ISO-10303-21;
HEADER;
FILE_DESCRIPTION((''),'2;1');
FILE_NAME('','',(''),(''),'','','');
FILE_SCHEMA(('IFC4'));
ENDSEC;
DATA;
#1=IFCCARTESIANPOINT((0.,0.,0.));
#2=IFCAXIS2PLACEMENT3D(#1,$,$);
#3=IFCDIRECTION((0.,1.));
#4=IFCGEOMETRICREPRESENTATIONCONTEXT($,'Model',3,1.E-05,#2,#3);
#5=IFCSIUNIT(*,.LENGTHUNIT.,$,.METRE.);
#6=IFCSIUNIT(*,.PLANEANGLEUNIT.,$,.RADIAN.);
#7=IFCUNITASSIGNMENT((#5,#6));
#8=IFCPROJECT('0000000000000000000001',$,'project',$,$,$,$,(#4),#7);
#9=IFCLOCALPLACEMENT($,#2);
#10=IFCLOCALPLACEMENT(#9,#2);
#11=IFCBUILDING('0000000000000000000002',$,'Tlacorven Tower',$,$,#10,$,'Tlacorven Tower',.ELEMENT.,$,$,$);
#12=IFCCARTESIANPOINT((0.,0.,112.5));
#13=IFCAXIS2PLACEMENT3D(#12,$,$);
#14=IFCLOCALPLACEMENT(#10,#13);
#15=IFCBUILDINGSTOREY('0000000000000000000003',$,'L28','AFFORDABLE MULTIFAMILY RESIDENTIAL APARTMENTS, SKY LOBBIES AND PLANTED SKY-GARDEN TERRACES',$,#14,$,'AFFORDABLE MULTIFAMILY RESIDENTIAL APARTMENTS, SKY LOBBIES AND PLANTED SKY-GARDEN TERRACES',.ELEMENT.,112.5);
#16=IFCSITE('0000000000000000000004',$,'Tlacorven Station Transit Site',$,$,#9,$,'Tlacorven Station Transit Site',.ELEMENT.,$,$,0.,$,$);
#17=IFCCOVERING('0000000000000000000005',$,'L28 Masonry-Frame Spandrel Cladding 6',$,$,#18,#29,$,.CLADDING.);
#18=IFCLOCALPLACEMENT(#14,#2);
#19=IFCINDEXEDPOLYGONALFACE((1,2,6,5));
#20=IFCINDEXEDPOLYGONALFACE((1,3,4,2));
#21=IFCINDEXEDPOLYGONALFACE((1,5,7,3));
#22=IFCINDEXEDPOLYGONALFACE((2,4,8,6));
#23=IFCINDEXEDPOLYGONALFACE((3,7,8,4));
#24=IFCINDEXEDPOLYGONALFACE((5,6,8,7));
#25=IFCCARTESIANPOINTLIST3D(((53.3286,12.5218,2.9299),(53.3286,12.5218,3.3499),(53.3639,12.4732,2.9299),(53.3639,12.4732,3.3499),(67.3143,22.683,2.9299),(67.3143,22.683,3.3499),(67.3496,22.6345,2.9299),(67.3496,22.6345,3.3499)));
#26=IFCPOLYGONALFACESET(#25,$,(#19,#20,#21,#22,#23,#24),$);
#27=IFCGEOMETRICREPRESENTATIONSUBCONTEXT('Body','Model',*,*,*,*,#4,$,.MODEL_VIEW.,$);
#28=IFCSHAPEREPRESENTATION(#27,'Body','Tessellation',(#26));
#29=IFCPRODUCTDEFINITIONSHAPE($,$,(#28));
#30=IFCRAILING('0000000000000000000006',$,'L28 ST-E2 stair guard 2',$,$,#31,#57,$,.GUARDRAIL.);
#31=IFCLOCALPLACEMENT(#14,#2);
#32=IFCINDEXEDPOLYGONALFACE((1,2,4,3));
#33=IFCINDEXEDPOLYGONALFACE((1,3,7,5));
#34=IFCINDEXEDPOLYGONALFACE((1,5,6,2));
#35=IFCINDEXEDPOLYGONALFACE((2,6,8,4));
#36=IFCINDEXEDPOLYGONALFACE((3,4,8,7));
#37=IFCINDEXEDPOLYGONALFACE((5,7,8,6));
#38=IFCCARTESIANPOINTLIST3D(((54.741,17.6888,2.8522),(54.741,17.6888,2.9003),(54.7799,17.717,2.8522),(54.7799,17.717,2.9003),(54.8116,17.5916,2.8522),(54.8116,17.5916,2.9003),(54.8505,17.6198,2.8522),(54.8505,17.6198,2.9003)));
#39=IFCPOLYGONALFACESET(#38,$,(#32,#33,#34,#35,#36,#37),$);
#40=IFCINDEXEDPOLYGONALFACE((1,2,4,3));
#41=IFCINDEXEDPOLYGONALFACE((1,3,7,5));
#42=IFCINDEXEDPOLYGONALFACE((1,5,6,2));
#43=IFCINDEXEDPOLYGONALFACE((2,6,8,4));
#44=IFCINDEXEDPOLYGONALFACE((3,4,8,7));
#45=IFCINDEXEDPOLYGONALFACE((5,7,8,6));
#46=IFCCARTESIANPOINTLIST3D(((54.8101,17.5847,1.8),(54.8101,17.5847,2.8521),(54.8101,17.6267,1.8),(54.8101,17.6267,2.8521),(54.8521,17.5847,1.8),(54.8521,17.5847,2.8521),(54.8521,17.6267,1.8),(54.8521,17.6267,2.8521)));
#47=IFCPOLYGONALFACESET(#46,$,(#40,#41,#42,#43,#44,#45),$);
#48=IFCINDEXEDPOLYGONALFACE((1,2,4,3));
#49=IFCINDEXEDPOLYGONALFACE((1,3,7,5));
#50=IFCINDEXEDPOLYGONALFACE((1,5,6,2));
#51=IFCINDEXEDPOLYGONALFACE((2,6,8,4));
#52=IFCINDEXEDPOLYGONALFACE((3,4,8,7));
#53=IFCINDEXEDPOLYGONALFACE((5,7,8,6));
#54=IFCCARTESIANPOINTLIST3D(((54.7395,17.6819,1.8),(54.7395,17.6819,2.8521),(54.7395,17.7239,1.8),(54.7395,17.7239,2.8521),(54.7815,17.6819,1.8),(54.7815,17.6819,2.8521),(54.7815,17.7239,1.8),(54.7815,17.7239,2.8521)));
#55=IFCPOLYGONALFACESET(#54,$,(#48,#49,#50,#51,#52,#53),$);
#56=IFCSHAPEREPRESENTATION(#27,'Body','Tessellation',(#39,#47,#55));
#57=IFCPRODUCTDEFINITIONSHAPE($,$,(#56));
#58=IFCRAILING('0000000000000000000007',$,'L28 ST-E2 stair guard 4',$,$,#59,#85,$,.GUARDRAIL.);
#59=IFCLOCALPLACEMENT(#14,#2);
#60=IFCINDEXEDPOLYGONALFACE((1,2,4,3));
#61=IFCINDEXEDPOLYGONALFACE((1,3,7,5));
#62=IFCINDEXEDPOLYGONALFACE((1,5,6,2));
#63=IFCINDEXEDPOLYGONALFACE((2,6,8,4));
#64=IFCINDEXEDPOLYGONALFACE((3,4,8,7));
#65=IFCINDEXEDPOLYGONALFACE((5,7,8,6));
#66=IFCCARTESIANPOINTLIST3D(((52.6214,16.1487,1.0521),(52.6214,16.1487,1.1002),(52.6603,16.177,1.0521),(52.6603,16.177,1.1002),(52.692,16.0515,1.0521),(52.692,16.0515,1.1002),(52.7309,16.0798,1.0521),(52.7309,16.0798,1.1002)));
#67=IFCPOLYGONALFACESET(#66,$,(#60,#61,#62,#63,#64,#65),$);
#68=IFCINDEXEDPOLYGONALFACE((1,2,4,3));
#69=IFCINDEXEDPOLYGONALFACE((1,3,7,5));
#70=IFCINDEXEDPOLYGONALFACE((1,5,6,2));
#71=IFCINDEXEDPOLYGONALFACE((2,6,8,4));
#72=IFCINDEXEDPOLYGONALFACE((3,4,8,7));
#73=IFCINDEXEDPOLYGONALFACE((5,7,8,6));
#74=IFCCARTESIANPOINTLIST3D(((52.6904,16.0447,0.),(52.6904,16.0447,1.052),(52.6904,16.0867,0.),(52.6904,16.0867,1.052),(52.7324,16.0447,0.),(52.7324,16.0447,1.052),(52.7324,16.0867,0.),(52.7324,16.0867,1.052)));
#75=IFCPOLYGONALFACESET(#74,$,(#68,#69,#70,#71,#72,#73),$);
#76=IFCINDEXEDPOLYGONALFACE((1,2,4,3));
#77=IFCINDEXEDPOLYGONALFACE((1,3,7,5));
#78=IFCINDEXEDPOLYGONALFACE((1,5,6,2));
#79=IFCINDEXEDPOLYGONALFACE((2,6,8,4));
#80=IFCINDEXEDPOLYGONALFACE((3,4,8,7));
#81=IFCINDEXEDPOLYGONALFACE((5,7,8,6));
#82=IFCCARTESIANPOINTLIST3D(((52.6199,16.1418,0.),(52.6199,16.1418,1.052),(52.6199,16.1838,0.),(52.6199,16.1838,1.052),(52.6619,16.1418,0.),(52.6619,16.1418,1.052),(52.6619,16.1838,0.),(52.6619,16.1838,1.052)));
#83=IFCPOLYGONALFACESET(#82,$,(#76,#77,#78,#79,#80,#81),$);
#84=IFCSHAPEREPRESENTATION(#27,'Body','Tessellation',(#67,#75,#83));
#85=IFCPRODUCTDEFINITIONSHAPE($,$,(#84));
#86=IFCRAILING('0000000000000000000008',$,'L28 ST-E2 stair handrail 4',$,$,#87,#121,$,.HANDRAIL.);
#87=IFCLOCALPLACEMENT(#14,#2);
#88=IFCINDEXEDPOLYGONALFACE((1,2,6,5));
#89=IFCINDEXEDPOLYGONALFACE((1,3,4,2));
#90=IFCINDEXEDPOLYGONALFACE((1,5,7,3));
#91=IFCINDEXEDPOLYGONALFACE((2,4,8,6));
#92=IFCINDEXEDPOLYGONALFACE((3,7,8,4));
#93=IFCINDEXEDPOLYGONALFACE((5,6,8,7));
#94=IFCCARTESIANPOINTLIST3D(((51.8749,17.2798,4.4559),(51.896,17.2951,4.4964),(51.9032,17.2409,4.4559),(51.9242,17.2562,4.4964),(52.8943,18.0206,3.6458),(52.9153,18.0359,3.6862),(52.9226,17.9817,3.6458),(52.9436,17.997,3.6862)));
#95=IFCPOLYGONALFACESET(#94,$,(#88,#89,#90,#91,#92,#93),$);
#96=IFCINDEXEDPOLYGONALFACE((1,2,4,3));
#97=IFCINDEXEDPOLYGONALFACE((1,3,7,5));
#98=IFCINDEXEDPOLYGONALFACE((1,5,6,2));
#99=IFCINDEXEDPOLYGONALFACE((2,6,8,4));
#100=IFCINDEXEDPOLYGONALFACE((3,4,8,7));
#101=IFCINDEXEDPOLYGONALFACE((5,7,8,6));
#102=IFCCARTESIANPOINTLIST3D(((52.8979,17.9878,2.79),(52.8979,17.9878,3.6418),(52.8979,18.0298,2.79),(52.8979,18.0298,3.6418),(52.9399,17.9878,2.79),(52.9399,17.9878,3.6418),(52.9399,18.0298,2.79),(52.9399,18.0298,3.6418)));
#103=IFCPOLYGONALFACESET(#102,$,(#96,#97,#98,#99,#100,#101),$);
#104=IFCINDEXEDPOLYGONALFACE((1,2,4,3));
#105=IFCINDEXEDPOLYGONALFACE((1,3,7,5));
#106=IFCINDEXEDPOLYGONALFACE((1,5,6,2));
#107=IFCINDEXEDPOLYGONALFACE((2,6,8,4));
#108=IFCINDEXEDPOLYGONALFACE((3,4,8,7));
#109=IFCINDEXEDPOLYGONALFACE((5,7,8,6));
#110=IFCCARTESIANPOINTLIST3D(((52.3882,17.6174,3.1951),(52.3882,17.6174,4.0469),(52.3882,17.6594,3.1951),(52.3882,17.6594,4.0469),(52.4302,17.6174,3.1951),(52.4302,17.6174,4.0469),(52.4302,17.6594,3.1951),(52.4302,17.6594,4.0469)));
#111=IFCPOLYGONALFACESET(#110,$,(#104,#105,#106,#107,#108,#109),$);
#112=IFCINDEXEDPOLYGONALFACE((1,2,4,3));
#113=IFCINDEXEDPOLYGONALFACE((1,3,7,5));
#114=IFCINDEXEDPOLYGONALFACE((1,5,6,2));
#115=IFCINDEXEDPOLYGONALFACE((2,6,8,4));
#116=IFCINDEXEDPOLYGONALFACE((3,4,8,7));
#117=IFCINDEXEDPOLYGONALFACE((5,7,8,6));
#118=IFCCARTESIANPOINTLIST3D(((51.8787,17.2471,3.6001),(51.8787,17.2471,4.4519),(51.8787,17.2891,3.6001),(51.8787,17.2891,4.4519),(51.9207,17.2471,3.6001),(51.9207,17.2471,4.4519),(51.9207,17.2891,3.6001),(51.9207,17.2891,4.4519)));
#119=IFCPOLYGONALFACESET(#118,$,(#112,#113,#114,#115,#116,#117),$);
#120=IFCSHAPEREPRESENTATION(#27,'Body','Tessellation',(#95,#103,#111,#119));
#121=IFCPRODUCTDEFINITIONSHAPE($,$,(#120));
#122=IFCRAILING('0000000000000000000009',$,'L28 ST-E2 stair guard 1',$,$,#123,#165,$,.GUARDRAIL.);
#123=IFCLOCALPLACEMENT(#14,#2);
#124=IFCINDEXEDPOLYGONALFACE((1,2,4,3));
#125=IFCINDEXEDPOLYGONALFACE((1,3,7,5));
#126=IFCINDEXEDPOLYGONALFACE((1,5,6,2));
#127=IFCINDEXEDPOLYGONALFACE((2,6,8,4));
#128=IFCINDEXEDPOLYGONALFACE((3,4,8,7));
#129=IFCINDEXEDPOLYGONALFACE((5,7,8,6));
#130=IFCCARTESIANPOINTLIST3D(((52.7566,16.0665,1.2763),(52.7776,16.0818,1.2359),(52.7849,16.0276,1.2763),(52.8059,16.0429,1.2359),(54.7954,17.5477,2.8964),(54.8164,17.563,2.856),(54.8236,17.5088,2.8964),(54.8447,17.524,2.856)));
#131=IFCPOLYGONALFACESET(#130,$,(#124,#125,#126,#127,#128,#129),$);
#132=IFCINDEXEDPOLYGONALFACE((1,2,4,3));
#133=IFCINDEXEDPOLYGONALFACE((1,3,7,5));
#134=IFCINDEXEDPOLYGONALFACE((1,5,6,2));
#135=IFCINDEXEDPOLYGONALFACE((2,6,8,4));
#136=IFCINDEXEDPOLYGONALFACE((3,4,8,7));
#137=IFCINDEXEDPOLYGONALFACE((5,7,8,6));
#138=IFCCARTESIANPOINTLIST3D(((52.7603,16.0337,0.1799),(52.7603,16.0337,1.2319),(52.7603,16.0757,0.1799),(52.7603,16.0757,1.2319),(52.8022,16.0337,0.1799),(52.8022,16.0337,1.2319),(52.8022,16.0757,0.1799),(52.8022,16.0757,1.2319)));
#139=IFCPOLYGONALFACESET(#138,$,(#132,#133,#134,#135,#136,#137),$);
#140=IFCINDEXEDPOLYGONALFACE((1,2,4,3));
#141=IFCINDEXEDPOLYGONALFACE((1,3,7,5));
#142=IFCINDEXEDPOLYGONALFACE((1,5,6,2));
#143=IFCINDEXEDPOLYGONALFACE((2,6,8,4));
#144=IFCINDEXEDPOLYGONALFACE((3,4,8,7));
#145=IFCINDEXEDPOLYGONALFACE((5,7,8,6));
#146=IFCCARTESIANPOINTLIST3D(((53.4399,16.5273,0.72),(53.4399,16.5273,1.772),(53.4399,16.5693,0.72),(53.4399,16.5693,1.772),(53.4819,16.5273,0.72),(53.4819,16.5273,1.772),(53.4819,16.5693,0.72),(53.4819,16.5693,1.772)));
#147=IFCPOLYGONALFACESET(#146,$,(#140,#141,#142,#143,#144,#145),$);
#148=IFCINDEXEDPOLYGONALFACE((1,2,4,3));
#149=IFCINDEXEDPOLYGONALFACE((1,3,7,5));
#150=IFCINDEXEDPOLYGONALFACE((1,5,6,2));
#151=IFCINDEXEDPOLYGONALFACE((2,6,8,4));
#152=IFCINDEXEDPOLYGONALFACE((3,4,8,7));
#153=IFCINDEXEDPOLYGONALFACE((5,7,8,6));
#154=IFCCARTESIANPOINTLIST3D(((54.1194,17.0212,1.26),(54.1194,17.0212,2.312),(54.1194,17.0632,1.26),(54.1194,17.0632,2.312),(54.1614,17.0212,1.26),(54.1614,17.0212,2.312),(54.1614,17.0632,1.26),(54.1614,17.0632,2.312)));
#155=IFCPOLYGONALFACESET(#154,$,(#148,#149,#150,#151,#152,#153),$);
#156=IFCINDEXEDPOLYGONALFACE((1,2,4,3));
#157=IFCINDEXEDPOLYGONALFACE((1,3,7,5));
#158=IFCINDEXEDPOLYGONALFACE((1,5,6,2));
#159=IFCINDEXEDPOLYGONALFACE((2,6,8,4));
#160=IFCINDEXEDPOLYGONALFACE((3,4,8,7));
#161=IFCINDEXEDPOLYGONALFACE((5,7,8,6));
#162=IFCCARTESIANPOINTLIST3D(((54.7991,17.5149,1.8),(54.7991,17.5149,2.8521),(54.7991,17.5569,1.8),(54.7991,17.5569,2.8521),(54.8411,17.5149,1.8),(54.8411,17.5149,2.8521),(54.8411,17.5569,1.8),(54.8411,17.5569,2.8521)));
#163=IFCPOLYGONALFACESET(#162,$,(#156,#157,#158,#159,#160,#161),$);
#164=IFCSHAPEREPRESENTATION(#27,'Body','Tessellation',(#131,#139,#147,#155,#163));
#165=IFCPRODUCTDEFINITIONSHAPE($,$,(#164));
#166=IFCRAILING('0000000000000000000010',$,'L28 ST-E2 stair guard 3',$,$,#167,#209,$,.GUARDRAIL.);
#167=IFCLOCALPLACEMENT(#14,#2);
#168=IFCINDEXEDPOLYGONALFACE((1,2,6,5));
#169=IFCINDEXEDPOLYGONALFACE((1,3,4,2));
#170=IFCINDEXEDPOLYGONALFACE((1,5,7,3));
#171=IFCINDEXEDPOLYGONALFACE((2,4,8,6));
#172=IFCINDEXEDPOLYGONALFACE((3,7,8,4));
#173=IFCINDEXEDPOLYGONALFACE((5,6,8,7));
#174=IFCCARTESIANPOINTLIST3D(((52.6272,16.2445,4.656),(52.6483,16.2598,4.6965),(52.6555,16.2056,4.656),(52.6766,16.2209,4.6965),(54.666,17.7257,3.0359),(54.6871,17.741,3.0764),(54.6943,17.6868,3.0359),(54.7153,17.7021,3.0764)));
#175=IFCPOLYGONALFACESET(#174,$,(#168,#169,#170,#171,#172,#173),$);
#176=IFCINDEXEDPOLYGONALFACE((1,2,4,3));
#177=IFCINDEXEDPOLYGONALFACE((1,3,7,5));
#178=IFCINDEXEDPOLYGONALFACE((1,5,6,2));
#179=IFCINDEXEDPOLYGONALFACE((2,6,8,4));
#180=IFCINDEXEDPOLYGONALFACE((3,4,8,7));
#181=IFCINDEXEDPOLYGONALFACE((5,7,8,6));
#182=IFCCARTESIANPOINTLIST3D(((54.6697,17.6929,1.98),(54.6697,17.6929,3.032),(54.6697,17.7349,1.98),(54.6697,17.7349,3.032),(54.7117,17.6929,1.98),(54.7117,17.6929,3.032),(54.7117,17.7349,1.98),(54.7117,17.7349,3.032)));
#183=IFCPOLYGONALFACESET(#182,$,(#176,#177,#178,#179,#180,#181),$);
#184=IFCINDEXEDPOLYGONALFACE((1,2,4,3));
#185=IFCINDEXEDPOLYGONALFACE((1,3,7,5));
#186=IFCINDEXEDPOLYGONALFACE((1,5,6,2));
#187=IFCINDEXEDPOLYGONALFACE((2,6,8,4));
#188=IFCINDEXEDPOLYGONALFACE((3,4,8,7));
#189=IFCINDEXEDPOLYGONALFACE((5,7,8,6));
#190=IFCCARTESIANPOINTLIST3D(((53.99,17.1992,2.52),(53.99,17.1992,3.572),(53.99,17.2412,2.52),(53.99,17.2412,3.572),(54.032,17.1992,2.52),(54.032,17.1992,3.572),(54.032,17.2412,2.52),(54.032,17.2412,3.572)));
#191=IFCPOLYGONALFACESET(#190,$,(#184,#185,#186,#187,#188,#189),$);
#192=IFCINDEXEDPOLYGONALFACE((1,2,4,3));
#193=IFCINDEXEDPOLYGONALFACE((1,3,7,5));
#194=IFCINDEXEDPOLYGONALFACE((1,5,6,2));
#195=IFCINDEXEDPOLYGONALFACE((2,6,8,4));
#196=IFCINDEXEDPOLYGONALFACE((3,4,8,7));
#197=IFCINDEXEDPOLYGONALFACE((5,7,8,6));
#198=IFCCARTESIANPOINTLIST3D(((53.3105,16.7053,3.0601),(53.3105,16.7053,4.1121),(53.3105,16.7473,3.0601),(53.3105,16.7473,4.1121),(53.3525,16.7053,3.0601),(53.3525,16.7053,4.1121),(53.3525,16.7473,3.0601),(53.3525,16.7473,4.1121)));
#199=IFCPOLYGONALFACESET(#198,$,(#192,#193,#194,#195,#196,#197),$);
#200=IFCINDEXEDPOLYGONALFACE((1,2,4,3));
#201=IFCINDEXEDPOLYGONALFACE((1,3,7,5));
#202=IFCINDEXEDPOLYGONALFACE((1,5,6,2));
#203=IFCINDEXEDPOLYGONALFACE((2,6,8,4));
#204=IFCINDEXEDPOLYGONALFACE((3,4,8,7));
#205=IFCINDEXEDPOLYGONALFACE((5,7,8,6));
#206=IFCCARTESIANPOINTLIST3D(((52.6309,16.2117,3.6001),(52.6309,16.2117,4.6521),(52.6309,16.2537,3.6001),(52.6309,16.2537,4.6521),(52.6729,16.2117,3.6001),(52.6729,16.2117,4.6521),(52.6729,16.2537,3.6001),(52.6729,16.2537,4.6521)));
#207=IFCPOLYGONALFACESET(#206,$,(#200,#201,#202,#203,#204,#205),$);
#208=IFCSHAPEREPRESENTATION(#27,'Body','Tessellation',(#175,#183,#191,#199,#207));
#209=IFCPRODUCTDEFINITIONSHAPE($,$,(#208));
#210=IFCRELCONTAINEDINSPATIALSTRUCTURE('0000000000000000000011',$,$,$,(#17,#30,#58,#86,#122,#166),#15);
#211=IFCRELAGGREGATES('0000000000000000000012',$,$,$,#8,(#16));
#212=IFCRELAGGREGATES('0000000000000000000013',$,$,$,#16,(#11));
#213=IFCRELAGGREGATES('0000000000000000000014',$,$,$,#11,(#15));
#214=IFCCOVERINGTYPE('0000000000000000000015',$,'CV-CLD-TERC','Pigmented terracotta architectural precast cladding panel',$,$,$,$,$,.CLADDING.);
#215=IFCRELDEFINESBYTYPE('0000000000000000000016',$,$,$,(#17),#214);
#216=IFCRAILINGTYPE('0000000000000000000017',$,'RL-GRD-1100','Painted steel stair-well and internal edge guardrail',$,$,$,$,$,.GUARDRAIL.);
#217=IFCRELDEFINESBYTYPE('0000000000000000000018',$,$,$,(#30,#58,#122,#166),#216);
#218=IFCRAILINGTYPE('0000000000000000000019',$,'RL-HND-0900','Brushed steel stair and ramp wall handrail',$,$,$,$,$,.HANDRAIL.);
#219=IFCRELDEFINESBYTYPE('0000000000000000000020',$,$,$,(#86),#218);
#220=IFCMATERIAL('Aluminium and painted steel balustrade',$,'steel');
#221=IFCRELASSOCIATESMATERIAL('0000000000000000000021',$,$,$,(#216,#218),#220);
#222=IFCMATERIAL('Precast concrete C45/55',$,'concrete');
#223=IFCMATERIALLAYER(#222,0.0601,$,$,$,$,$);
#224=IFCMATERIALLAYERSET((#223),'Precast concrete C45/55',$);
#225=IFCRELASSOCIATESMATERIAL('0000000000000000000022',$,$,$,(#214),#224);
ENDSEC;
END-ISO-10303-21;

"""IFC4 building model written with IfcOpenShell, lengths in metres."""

from ifc_helpers import new_model, si_unit, direction, frame, origin, origin_2d, place, context, subcontext, project, spatial, rectangle, extrude, source, transform, mapped, material, layer, layer_set, type_object, element, save


model = new_model("IFC4")

# Units and contexts
model_context = context("Model", 3, precision=1e-05, world=origin(), true_north=direction((0.0, 1.0)))
body_context = subcontext(model_context, "Body", "Model", "MODEL_VIEW")
ifc_project = project(units=[si_unit("LENGTHUNIT", "METRE"), si_unit("PLANEANGLEUNIT", "RADIAN")], contexts=[model_context])

# Site, building, storey
site_placement = place(None, origin())
site = spatial("IfcSite", under=ifc_project, at=site_placement, Name="Tlacorven Station Transit Site", LongName="Tlacorven Station Transit Site", CompositionType="ELEMENT", RefElevation=0.0)
building_placement = place(site_placement, origin())
building = spatial("IfcBuilding", under=site, at=building_placement, Name="Tlacorven Tower", LongName="Tlacorven Tower", CompositionType="ELEMENT")
storey_placement = place(building_placement, frame((0.0, 0.0, 112.5)))
storey = spatial("IfcBuildingStorey", under=building, at=storey_placement, Name="L28", Description="AFFORDABLE MULTIFAMILY RESIDENTIAL APARTMENTS, SKY LOBBIES AND PLANTED SKY-GARDEN TERRACES", LongName="AFFORDABLE MULTIFAMILY RESIDENTIAL APARTMENTS, SKY LOBBIES AND PLANTED SKY-GARDEN TERRACES", CompositionType="ELEMENT", Elevation=112.5)

# Shared definitions
ifc_material_1 = material(Name="Aluminium and painted steel balustrade", Category="steel")
railing_type_1 = type_object("IfcRailingType", Name="RL-GRD-1100", Description="Painted steel stair-well and internal edge guardrail", PredefinedType="GUARDRAIL", material=ifc_material_1)

# Covering
ifc_material_2 = material(Name="Precast concrete C45/55", Category="concrete")
ifc_layer_1 = layer(ifc_material_2, 0.0601)
ifc_layer_set_1 = layer_set([ifc_layer_1], Name="Precast concrete C45/55")
covering_type = type_object("IfcCoveringType", Name="CV-CLD-TERC", Description="Pigmented terracotta architectural precast cladding panel", PredefinedType="CLADDING", material=ifc_layer_set_1)
shared_shape_1 = source(origin(), body_context, "Body", "SweptSolid", [
    extrude(rectangle(XDim=17.2874, YDim=0.0601, at=origin_2d()), origin(), (0.0, 0.0, 1.0), 0.4199),
])
covering_placement = place(storey_placement, frame((60.3391, 17.5781, 2.9299), z_axis=(0.0, 0.0, 1.0), x_axis=(-0.809017, -0.587785, 0.0)))
element("IfcCovering", 1, at=covering_placement, inside=storey, type_object=covering_type, Name="L28 Masonry-Frame Spandrel Cladding 6", PredefinedType="CLADDING", context=body_context, shape_type="MappedRepresentation", body=[
    mapped(shared_shape_1, transform((0.0, 0.0, 0.0), scale=1.0)),
])

# Railings
shared_shape_2 = source(origin(), body_context, "Body", "SweptSolid", [
    extrude(rectangle(XDim=0.0481, YDim=0.0481, at=origin_2d()), frame((0.0, 0.0, 1.0762), z_axis=(-0.587567, 0.809175, 0.0), x_axis=(-0.809175, -0.587567, 0.0)), (0.0, 0.0, 1.0), 0.1201),
    extrude(rectangle(XDim=0.042, YDim=0.042, at=origin_2d()), origin(), (0.0, 0.0, 1.0), 1.052),
    extrude(rectangle(XDim=0.042, YDim=0.042, at=origin_2d()), frame((-0.0706, 0.0972, 0.0)), (0.0, 0.0, 1.0), 1.052),
])
for number, where, name in (
    (2, (54.8311, 17.6057, 1.8), "L28 ST-E2 stair guard 2"),
    (3, (52.7114, 16.0657, 0.0), "L28 ST-E2 stair guard 4"),
):
    element("IfcRailing", number, at=place(storey_placement, frame(where)), inside=storey, type_object=railing_type_1, Name=name, PredefinedType="GUARDRAIL", context=body_context, shape_type="MappedRepresentation", body=[
        mapped(shared_shape_2, transform((0.0, 0.0, 0.0), scale=1.0)),
    ])
railing_type_2 = type_object("IfcRailingType", Name="RL-HND-0900", Description="Brushed steel stair and ramp wall handrail", PredefinedType="HANDRAIL", material=ifc_material_1)
shared_shape_3 = source(origin(), body_context, "Body", "SweptSolid", [
    extrude(rectangle(XDim=0.0481, YDim=0.0481, at=origin_2d()), frame((0.0, 0.0, 0.876), z_axis=(-0.680461, -0.494496, 0.540783), x_axis=(0.587872, -0.808954, 0.0)), (0.0, 0.0, 1.0), 1.498),
    extrude(rectangle(XDim=0.042, YDim=0.042, at=origin_2d()), origin(), (0.0, 0.0, 1.0), 0.8518),
    extrude(rectangle(XDim=0.042, YDim=0.042, at=origin_2d()), frame((-0.5098, -0.3704, 0.405)), (0.0, 0.0, 1.0), 0.8518),
    extrude(rectangle(XDim=0.042, YDim=0.042, at=origin_2d()), frame((-1.0193, -0.7407, 0.8101)), (0.0, 0.0, 1.0), 0.8518),
])
railing_1_placement = place(storey_placement, frame((52.9189, 18.0088, 2.79)))
element("IfcRailing", 4, at=railing_1_placement, inside=storey, type_object=railing_type_2, Name="L28 ST-E2 stair handrail 4", PredefinedType="HANDRAIL", context=body_context, shape_type="MappedRepresentation", body=[
    mapped(shared_shape_3, transform((0.0, 0.0, 0.0), scale=1.0)),
])
shared_shape_4 = source(origin(), body_context, "Body", "SweptSolid", [
    extrude(rectangle(XDim=0.0481, YDim=0.0481, at=origin_2d()), frame((0.0, 0.0, 1.0762), z_axis=(0.680532, 0.494407, 0.540775), x_axis=(-0.587763, 0.809033, 0.0)), (0.0, 0.0, 1.0), 2.9958),
    extrude(rectangle(XDim=0.042, YDim=0.042, at=origin_2d()), origin(), (0.0, 0.0, 1.0), 1.052),
    extrude(rectangle(XDim=0.042, YDim=0.042, at=origin_2d()), frame((0.6797, 0.4937, 0.54)), (0.0, 0.0, 1.0), 1.052),
    extrude(rectangle(XDim=0.042, YDim=0.042, at=origin_2d()), frame((1.3591, 0.9875, 1.0801)), (0.0, 0.0, 1.0), 1.052),
    extrude(rectangle(XDim=0.042, YDim=0.042, at=origin_2d()), frame((2.0388, 1.4812, 1.6201)), (0.0, 0.0, 1.0), 1.052),
])
railing_2_placement = place(storey_placement, frame((52.7812, 16.0547, 0.1799)))
element("IfcRailing", 5, at=railing_2_placement, inside=storey, type_object=railing_type_1, Name="L28 ST-E2 stair guard 1", PredefinedType="GUARDRAIL", context=body_context, shape_type="MappedRepresentation", body=[
    mapped(shared_shape_4, transform((0.0, 0.0, 0.0), scale=1.0)),
])
shared_shape_5 = source(origin(), body_context, "Body", "SweptSolid", [
    extrude(rectangle(XDim=0.0481, YDim=0.0481, at=origin_2d()), frame((0.0, 0.0, 1.0762), z_axis=(-0.680532, -0.494407, 0.540775), x_axis=(0.587763, -0.809033, 0.0)), (0.0, 0.0, 1.0), 2.9958),
    extrude(rectangle(XDim=0.042, YDim=0.042, at=origin_2d()), origin(), (0.0, 0.0, 1.0), 1.052),
    extrude(rectangle(XDim=0.042, YDim=0.042, at=origin_2d()), frame((-0.6797, -0.4937, 0.54)), (0.0, 0.0, 1.0), 1.052),
    extrude(rectangle(XDim=0.042, YDim=0.042, at=origin_2d()), frame((-1.3591, -0.9875, 1.0801)), (0.0, 0.0, 1.0), 1.052),
    extrude(rectangle(XDim=0.042, YDim=0.042, at=origin_2d()), frame((-2.0388, -1.4812, 1.6201)), (0.0, 0.0, 1.0), 1.052),
])
railing_3_placement = place(storey_placement, frame((54.6907, 17.7139, 1.98)))
element("IfcRailing", 6, at=railing_3_placement, inside=storey, type_object=railing_type_1, Name="L28 ST-E2 stair guard 3", PredefinedType="GUARDRAIL", context=body_context, shape_type="MappedRepresentation", body=[
    mapped(shared_shape_5, transform((0.0, 0.0, 0.0), scale=1.0)),
])

save(model, "model.ifc")
